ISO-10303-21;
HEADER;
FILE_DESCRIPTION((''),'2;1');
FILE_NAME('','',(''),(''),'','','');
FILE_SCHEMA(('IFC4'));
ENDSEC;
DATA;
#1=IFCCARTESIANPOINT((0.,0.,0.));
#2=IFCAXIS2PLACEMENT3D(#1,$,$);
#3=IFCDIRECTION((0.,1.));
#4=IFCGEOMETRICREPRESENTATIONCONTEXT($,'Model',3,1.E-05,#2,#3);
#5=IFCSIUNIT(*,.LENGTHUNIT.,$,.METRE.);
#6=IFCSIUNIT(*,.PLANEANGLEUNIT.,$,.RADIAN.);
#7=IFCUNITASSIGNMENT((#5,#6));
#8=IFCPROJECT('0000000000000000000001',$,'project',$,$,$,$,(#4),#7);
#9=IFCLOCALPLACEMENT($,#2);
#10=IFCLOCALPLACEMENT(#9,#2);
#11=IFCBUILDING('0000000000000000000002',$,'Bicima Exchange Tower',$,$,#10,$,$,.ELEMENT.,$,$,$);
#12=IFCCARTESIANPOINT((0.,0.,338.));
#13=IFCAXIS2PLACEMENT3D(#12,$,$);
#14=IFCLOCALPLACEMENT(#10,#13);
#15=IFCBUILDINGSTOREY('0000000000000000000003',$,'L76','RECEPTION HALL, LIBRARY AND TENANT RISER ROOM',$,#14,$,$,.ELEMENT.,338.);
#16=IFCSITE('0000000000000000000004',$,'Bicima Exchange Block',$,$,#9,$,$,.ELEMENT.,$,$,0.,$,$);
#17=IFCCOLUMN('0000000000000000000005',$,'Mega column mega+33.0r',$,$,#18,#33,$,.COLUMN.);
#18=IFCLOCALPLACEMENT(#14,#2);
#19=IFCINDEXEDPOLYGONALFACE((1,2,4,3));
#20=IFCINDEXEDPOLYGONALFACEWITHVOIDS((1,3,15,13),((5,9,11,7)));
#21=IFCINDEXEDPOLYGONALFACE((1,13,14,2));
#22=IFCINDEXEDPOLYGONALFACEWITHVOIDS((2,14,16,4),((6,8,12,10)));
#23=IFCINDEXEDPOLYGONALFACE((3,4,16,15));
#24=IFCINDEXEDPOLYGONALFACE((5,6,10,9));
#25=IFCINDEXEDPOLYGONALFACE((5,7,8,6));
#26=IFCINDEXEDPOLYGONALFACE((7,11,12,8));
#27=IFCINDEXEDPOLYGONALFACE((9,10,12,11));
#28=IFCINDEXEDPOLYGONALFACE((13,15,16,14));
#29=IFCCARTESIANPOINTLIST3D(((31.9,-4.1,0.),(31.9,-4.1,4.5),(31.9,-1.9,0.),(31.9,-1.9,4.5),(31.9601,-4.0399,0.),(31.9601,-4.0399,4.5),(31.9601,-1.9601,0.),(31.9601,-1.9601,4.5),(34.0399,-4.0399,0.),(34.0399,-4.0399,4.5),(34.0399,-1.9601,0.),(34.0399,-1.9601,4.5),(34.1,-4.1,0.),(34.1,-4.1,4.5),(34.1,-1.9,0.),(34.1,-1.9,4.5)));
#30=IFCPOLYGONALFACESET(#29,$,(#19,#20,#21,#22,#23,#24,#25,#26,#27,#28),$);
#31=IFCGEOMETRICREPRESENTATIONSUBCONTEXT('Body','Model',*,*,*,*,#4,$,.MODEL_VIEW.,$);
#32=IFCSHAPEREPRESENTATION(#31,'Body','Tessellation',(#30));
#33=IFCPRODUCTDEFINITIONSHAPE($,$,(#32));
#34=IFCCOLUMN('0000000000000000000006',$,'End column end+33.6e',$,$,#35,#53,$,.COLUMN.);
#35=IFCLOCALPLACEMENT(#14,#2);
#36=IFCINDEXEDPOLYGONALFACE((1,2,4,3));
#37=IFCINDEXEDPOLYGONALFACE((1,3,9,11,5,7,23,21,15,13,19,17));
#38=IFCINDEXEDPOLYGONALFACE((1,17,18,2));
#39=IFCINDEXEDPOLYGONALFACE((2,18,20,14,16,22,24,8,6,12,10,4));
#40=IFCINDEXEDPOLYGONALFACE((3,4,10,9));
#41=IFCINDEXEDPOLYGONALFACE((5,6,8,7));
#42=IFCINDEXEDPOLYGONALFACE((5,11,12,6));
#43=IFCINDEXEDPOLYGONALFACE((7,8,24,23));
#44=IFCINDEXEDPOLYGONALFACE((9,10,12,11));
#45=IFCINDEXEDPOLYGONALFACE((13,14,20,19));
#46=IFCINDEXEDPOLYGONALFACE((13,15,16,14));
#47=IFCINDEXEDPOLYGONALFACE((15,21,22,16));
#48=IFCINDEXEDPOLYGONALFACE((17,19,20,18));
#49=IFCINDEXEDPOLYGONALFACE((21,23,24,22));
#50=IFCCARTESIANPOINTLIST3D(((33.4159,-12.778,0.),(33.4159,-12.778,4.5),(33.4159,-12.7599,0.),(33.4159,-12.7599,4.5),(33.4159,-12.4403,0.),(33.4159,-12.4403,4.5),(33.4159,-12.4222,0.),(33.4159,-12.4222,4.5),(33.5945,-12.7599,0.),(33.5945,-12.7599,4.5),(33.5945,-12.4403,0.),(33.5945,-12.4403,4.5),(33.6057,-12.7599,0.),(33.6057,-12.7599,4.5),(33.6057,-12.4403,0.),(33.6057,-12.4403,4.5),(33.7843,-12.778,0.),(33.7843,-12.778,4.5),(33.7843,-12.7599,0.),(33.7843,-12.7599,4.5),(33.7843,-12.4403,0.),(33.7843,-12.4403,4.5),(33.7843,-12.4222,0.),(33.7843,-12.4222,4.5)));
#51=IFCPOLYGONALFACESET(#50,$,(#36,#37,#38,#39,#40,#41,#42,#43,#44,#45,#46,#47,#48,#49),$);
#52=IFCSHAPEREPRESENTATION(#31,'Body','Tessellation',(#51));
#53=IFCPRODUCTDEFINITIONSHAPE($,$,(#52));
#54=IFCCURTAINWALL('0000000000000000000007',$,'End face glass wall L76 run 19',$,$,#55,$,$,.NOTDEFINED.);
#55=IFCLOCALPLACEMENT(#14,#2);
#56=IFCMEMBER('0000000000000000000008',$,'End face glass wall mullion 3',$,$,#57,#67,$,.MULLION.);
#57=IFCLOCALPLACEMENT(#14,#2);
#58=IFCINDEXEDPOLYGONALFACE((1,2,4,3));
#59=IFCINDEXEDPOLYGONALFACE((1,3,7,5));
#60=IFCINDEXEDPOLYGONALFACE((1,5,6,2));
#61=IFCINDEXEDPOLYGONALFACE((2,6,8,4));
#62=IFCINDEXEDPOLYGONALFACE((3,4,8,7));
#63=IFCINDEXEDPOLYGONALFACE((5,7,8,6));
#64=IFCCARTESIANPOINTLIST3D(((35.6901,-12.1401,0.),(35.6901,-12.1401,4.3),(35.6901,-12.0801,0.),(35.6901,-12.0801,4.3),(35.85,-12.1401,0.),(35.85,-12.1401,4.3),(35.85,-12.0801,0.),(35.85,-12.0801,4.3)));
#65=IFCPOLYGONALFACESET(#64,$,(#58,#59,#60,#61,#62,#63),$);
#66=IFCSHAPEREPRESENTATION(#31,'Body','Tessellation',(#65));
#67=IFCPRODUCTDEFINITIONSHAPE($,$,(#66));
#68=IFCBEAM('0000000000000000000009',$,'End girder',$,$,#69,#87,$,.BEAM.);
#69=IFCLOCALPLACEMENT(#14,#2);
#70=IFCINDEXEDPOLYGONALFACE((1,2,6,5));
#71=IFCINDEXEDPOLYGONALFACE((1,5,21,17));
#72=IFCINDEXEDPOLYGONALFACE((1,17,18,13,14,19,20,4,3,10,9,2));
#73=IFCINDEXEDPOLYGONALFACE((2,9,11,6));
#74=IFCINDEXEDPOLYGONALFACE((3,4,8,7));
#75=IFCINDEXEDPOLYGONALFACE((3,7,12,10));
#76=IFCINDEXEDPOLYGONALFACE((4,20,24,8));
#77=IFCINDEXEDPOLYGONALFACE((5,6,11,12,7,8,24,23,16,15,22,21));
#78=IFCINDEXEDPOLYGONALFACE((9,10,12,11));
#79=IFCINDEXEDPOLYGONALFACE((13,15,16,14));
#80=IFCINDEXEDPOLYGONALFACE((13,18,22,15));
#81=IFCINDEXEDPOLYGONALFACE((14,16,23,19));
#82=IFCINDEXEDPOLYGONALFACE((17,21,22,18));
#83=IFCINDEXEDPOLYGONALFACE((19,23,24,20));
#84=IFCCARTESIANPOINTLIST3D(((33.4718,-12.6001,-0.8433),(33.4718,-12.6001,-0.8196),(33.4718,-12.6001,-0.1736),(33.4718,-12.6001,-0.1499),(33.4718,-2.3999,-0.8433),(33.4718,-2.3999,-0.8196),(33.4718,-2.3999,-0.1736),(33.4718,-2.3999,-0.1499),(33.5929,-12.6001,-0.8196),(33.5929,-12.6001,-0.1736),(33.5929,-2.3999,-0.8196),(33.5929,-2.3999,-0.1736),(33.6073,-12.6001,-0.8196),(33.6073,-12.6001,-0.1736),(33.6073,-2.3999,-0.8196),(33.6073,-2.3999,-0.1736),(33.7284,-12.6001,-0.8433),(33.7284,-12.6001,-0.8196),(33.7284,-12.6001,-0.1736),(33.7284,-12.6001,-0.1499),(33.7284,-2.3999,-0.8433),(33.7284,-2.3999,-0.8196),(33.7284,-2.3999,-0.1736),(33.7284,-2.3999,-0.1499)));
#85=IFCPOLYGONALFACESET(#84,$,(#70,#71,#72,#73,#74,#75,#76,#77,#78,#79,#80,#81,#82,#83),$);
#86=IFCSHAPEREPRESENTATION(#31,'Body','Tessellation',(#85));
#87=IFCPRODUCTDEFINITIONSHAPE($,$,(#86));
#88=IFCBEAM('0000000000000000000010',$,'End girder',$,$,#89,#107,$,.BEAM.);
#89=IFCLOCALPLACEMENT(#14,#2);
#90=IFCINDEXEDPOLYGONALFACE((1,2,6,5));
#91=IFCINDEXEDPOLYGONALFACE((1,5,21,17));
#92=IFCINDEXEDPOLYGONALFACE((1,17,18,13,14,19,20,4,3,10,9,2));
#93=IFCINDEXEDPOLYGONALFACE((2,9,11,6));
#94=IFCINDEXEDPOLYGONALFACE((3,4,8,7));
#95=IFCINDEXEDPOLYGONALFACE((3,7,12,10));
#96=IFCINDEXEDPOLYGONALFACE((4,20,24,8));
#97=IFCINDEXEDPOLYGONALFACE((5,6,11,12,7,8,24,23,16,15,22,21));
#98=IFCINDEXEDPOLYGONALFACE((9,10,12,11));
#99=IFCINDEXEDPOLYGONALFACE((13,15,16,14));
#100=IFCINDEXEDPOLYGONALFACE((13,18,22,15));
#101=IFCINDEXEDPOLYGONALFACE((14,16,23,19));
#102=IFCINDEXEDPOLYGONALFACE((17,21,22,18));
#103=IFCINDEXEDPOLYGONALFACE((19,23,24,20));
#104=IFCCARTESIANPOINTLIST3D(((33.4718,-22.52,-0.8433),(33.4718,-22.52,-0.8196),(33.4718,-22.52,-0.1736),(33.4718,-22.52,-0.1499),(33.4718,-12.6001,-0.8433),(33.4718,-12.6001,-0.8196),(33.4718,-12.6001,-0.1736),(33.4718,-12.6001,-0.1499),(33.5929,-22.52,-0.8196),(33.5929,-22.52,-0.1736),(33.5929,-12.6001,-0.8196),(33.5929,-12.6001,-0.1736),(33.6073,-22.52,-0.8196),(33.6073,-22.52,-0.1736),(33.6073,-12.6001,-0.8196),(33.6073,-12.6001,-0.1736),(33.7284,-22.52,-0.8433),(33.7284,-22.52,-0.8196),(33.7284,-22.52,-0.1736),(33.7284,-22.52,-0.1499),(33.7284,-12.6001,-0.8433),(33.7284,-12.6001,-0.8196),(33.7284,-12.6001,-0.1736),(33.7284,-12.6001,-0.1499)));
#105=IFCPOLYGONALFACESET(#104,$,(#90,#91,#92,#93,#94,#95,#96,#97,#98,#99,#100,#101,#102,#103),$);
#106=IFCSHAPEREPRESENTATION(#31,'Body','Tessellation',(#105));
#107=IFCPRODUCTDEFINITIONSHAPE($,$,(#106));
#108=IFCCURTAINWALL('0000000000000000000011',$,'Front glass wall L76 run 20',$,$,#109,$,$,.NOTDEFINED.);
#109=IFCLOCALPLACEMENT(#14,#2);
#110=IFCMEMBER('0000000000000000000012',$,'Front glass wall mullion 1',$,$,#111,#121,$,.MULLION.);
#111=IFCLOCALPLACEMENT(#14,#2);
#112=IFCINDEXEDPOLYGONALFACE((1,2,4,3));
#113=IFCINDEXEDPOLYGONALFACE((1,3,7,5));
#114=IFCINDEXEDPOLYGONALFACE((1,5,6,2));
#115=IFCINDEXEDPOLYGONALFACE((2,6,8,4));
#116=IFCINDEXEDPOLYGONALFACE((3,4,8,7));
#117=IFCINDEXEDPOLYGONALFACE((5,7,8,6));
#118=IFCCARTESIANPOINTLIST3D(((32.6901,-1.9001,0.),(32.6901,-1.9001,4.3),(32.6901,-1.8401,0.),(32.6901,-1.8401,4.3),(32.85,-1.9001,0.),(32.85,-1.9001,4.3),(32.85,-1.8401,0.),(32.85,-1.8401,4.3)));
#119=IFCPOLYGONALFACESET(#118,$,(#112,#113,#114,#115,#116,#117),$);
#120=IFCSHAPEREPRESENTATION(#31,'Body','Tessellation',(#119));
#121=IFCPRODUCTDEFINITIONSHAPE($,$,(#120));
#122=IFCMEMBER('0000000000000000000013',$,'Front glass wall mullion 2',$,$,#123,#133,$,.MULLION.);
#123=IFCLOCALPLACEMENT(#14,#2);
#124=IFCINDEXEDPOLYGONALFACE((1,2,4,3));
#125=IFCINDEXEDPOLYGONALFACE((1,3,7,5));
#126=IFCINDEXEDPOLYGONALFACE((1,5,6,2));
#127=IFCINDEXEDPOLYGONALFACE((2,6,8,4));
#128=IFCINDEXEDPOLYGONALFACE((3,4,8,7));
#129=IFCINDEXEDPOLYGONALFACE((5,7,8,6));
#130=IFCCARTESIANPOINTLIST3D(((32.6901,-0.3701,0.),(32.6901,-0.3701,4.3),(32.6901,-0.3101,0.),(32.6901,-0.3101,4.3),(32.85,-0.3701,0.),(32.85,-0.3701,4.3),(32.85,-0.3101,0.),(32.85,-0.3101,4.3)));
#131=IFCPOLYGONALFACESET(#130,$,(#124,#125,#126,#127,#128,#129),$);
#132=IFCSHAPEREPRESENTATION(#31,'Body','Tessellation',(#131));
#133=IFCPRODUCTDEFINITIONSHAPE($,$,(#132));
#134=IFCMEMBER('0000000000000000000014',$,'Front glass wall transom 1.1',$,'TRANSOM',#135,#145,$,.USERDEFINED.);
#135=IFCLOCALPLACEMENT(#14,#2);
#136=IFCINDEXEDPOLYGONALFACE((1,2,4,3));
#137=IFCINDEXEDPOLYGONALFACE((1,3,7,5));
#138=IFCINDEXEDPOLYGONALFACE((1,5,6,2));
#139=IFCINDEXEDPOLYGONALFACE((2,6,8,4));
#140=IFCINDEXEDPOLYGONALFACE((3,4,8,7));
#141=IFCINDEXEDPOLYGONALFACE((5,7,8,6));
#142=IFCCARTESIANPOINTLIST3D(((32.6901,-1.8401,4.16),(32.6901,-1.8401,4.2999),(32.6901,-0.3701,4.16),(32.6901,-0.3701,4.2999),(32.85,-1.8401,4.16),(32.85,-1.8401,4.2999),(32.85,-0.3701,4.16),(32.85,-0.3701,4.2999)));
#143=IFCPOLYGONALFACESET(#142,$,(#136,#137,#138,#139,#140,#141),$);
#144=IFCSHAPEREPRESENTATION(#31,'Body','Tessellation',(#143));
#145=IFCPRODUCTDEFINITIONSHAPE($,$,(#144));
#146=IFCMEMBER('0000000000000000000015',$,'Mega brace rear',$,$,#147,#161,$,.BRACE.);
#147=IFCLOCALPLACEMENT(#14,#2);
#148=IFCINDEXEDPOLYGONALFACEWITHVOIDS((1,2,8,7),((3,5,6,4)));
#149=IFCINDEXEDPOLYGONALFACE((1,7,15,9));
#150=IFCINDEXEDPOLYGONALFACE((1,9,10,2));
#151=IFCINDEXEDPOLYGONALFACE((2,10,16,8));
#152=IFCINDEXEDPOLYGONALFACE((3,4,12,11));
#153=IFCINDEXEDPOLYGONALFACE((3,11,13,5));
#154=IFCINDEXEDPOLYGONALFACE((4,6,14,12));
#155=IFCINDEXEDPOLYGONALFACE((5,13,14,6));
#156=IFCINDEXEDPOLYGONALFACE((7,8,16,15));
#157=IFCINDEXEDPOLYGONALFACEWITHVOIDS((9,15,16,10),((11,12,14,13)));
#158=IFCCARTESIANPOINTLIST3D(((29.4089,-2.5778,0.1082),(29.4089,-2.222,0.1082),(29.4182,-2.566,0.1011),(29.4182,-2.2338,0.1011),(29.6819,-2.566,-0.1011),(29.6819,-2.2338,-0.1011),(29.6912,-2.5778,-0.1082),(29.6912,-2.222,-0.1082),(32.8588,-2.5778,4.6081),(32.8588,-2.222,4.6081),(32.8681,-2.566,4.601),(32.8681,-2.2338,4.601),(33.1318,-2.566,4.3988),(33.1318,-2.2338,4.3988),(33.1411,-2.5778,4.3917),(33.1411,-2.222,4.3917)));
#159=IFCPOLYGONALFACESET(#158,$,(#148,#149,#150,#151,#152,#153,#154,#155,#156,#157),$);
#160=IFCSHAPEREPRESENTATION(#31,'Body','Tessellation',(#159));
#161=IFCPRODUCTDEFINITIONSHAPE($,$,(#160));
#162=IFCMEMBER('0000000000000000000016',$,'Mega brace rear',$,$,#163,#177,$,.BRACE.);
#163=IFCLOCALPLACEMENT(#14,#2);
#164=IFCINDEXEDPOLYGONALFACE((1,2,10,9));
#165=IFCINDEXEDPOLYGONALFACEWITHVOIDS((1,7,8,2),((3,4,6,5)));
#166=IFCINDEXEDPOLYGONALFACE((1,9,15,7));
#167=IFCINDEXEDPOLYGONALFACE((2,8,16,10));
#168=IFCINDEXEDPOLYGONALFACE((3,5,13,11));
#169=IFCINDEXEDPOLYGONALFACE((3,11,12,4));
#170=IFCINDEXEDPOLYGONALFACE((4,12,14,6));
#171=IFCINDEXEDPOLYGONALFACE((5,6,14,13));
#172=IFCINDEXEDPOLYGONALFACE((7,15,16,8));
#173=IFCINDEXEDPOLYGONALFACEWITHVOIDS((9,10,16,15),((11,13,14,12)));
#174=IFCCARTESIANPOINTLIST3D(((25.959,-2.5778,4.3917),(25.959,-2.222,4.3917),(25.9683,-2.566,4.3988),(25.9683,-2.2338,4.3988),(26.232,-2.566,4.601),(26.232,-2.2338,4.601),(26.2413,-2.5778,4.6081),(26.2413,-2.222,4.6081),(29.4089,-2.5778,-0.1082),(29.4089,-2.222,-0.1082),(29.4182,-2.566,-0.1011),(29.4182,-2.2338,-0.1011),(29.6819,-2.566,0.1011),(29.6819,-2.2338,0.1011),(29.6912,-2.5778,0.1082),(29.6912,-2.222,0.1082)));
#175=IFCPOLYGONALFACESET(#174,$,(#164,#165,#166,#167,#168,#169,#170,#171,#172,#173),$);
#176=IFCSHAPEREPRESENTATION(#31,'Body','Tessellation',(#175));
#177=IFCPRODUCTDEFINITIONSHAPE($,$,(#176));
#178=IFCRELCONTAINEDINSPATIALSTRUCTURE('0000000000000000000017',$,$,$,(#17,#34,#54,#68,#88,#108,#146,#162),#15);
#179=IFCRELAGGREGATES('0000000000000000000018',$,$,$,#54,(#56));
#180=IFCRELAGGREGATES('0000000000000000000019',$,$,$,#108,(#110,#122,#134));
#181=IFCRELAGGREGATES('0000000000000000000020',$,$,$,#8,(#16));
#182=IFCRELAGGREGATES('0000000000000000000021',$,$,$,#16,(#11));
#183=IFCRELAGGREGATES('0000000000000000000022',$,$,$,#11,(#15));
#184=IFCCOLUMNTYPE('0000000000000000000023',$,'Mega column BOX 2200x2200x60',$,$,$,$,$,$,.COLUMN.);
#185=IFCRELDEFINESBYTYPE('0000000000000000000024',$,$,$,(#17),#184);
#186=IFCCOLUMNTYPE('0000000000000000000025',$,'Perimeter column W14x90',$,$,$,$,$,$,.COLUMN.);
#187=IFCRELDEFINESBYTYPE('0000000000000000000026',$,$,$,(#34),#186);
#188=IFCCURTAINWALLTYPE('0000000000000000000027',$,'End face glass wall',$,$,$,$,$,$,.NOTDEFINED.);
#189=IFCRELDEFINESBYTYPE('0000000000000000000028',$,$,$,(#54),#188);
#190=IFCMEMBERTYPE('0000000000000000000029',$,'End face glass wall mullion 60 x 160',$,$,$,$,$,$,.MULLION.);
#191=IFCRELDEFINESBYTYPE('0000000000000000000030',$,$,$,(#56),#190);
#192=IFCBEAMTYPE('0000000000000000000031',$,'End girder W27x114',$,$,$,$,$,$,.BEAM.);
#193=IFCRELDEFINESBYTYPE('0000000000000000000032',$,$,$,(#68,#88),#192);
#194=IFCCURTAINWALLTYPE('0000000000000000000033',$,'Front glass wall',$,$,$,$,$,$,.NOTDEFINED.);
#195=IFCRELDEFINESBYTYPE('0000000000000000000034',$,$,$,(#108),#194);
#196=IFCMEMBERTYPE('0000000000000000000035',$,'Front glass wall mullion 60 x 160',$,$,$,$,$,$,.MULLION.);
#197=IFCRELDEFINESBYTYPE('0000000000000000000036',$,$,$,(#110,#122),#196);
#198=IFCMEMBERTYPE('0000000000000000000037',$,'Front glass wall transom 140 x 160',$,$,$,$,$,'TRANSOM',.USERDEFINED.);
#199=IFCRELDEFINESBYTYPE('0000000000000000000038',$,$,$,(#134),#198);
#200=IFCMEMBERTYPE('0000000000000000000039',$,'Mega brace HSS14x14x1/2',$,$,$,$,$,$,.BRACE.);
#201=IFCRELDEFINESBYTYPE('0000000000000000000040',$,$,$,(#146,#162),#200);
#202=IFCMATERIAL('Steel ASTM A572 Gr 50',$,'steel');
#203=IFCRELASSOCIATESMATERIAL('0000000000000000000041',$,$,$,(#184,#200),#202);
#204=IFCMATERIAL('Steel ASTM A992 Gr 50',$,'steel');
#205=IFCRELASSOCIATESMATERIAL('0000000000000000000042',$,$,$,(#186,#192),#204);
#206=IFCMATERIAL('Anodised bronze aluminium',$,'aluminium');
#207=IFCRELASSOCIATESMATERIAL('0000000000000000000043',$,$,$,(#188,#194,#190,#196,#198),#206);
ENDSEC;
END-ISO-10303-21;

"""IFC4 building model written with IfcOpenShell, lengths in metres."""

from ifc_helpers import new_model, si_unit, direction, frame, origin, origin_2d, place, context, subcontext, project, spatial, rectangle, hollow_rectangle, i_section, extrude, material, material_profile, profile_set, type_object, element, aggregate, save


model = new_model("IFC4")

# Units and contexts
model_context = context("Model", 3, precision=1e-05, world=origin(), true_north=direction((0.0, 1.0)))
body_context = subcontext(model_context, "Body", "Model", "MODEL_VIEW")
ifc_project = project(units=[si_unit("LENGTHUNIT", "METRE"), si_unit("PLANEANGLEUNIT", "RADIAN")], contexts=[model_context])

# Site, building, storey
site_placement = place(None, origin())
site = spatial("IfcSite", under=ifc_project, at=site_placement, Name="Bicima Exchange Block", CompositionType="ELEMENT", RefElevation=0.0)
building_placement = place(site_placement, origin())
building = spatial("IfcBuilding", under=site, at=building_placement, Name="Bicima Exchange Tower", CompositionType="ELEMENT")
storey_placement = place(building_placement, frame((0.0, 0.0, 338.0)))
storey = spatial("IfcBuildingStorey", under=building, at=storey_placement, Name="L76", Description="RECEPTION HALL, LIBRARY AND TENANT RISER ROOM", CompositionType="ELEMENT", Elevation=338.0)

# Columns
ifc_material_1 = material(Name="Steel ASTM A572 Gr 50", Category="steel")
ifc_material_profile_1 = material_profile(ifc_material_1, hollow_rectangle(XDim=2.2, YDim=2.2, WallThickness=0.0601, at=origin_2d()))
ifc_profile_set_1 = profile_set([ifc_material_profile_1], Name="Steel ASTM A572 Gr 50")
column_type_1 = type_object("IfcColumnType", Name="Mega column BOX 2200x2200x60", PredefinedType="COLUMN", material=ifc_profile_set_1)
column_1_placement = place(storey_placement, frame((33.0, -3.0, 0.0), z_axis=(0.0, 0.0, 1.0), x_axis=(1.0, 0.0, 0.0)))
element("IfcColumn", 1, at=column_1_placement, inside=storey, type_object=column_type_1, Name="Mega column mega+33.0r", PredefinedType="COLUMN", context=body_context, shape_type="SweptSolid", body=[
    extrude(hollow_rectangle(XDim=2.2, YDim=2.2, WallThickness=0.0601, at=origin_2d()), origin(), (0.0, 0.0, 1.0), 4.5),
])
ifc_material_2 = material(Name="Steel ASTM A992 Gr 50", Category="steel")
ifc_material_profile_2 = material_profile(ifc_material_2, i_section(OverallWidth=0.3684, OverallDepth=0.3557, WebThickness=0.0112, FlangeThickness=0.0181, at=origin_2d()))
ifc_profile_set_2 = profile_set([ifc_material_profile_2], Name="Steel ASTM A992 Gr 50")
column_type_2 = type_object("IfcColumnType", Name="Perimeter column W14x90", PredefinedType="COLUMN", material=ifc_profile_set_2)
column_2_placement = place(storey_placement, frame((33.6001, -12.6001, 0.0), z_axis=(0.0, 0.0, 1.0), x_axis=(1.0, 0.0, 0.0)))
element("IfcColumn", 2, at=column_2_placement, inside=storey, type_object=column_type_2, Name="End column end+33.6e", PredefinedType="COLUMN", context=body_context, shape_type="SweptSolid", body=[
    extrude(i_section(OverallWidth=0.3684, OverallDepth=0.3557, WebThickness=0.0112, FlangeThickness=0.0181, at=origin_2d()), origin(), (0.0, 0.0, 1.0), 4.5),
])

# Curtain wall, member
ifc_material_3 = material(Name="Anodised bronze aluminium", Category="aluminium")
curtain_wall_type_1 = type_object("IfcCurtainWallType", Name="End face glass wall", PredefinedType="NOTDEFINED", material=ifc_material_3)
curtain_wall_1_placement = place(storey_placement, origin())
curtain_wall_1 = element("IfcCurtainWall", 3, at=curtain_wall_1_placement, inside=storey, type_object=curtain_wall_type_1, Name="End face glass wall L76 run 19", PredefinedType="NOTDEFINED")
ifc_material_profile_3 = material_profile(ifc_material_3, rectangle(XDim=0.1599, YDim=0.0601, at=origin_2d()))
ifc_profile_set_3 = profile_set([ifc_material_profile_3], Name="Anodised bronze aluminium")
member_type_1 = type_object("IfcMemberType", Name="End face glass wall mullion 60 x 160", PredefinedType="MULLION", material=ifc_profile_set_3)
member_1_placement = place(storey_placement, frame((35.77, -12.1101, 0.0), z_axis=(0.0, 0.0, 1.0), x_axis=(-1.0, 0.0, 0.0)))
member_1 = element("IfcMember", 4, at=member_1_placement, type_object=member_type_1, Name="End face glass wall mullion 3", PredefinedType="MULLION", context=body_context, shape_type="SweptSolid", body=[
    extrude(rectangle(XDim=0.1599, YDim=0.0601, at=origin_2d()), origin(), (0.0, 0.0, 1.0), 4.3),
])
aggregate(curtain_wall_1, [member_1])

# Beams
ifc_material_profile_4 = material_profile(ifc_material_2, i_section(OverallWidth=0.2566, OverallDepth=0.6934, WebThickness=0.0144, FlangeThickness=0.0237, at=origin_2d()))
ifc_profile_set_4 = profile_set([ifc_material_profile_4], Name="Steel ASTM A992 Gr 50")
beam_type = type_object("IfcBeamType", Name="End girder W27x114", PredefinedType="BEAM", material=ifc_profile_set_4)
beam_1_placement = place(storey_placement, frame((33.6001, -2.3999, -0.4966), z_axis=(0.0, -1.0, 0.0), x_axis=(1.0, 0.0, 0.0)))
element("IfcBeam", 5, at=beam_1_placement, inside=storey, type_object=beam_type, Name="End girder", PredefinedType="BEAM", context=body_context, shape_type="SweptSolid", body=[
    extrude(i_section(OverallWidth=0.2566, OverallDepth=0.6934, WebThickness=0.0144, FlangeThickness=0.0237, at=origin_2d()), origin(), (0.0, 0.0, 1.0), 10.2002),
])
beam_2_placement = place(storey_placement, frame((33.6001, -12.6001, -0.4966), z_axis=(0.0, -1.0, 0.0), x_axis=(1.0, 0.0, 0.0)))
element("IfcBeam", 6, at=beam_2_placement, inside=storey, type_object=beam_type, Name="End girder", PredefinedType="BEAM", context=body_context, shape_type="SweptSolid", body=[
    extrude(i_section(OverallWidth=0.2566, OverallDepth=0.6934, WebThickness=0.0144, FlangeThickness=0.0237, at=origin_2d()), origin(), (0.0, 0.0, 1.0), 9.9199),
])

# Curtain wall, members
curtain_wall_type_2 = type_object("IfcCurtainWallType", Name="Front glass wall", PredefinedType="NOTDEFINED", material=ifc_material_3)
curtain_wall_2_placement = place(storey_placement, origin())
curtain_wall_2 = element("IfcCurtainWall", 7, at=curtain_wall_2_placement, inside=storey, type_object=curtain_wall_type_2, Name="Front glass wall L76 run 20", PredefinedType="NOTDEFINED")
member_type_2 = type_object("IfcMemberType", Name="Front glass wall mullion 60 x 160", PredefinedType="MULLION", material=ifc_profile_set_3)
member_2_placement = place(storey_placement, frame((32.77, -1.8701, 0.0), z_axis=(0.0, 0.0, 1.0), x_axis=(-1.0, 0.0, 0.0)))
member_2 = element("IfcMember", 8, at=member_2_placement, type_object=member_type_2, Name="Front glass wall mullion 1", PredefinedType="MULLION", context=body_context, shape_type="SweptSolid", body=[
    extrude(rectangle(XDim=0.1599, YDim=0.0601, at=origin_2d()), origin(), (0.0, 0.0, 1.0), 4.3),
])
member_3_placement = place(storey_placement, frame((32.77, -0.3401, 0.0), z_axis=(0.0, 0.0, 1.0), x_axis=(-1.0, 0.0, 0.0)))
member_3 = element("IfcMember", 9, at=member_3_placement, type_object=member_type_2, Name="Front glass wall mullion 2", PredefinedType="MULLION", context=body_context, shape_type="SweptSolid", body=[
    extrude(rectangle(XDim=0.1599, YDim=0.0601, at=origin_2d()), origin(), (0.0, 0.0, 1.0), 4.3),
])
ifc_material_profile_5 = material_profile(ifc_material_3, rectangle(XDim=0.1599, YDim=0.1399, at=origin_2d()))
ifc_profile_set_5 = profile_set([ifc_material_profile_5], Name="Anodised bronze aluminium")
member_type_3 = type_object("IfcMemberType", Name="Front glass wall transom 140 x 160", ElementType="TRANSOM", PredefinedType="USERDEFINED", material=ifc_profile_set_5)
member_4_placement = place(storey_placement, frame((32.77, -1.8401, 4.23), z_axis=(0.0, 1.0, 0.0), x_axis=(-1.0, 0.0, 0.0)))
member_4 = element("IfcMember", 10, at=member_4_placement, type_object=member_type_3, Name="Front glass wall transom 1.1", ObjectType="TRANSOM", PredefinedType="USERDEFINED", context=body_context, shape_type="SweptSolid", body=[
    extrude(rectangle(XDim=0.1599, YDim=0.1399, at=origin_2d()), origin(), (0.0, 0.0, 1.0), 1.47),
])

# Members
ifc_material_profile_6 = material_profile(ifc_material_1, hollow_rectangle(XDim=0.3557, YDim=0.3557, WallThickness=0.0117, at=origin_2d()))
ifc_profile_set_6 = profile_set([ifc_material_profile_6], Name="Steel ASTM A572 Gr 50")
member_type_4 = type_object("IfcMemberType", Name="Mega brace HSS14x14x1/2", PredefinedType="BRACE", material=ifc_profile_set_6)
for number, where, z_axis, x_axis, name in (
    (11, (29.55, -2.3999, 0.0), (0.608426, 0.0, 0.793611), (0.0, 1.0, 0.0), "Mega brace rear"),
    (12, (29.55, -2.3999, 0.0), (-0.608426, 0.0, 0.793611), (0.0, -1.0, 0.0), "Mega brace rear"),
):
    element("IfcMember", number, at=place(storey_placement, frame(where, z_axis=z_axis, x_axis=x_axis)), inside=storey, type_object=member_type_4, Name=name, PredefinedType="BRACE", context=body_context, shape_type="SweptSolid", body=[
        extrude(hollow_rectangle(XDim=0.3557, YDim=0.3557, WallThickness=0.0117, at=origin_2d()), origin(), (0.0, 0.0, 1.0), 5.6702),
    ])

aggregate(curtain_wall_2, [member_2, member_3, member_4])

save(model, "model.ifc")
